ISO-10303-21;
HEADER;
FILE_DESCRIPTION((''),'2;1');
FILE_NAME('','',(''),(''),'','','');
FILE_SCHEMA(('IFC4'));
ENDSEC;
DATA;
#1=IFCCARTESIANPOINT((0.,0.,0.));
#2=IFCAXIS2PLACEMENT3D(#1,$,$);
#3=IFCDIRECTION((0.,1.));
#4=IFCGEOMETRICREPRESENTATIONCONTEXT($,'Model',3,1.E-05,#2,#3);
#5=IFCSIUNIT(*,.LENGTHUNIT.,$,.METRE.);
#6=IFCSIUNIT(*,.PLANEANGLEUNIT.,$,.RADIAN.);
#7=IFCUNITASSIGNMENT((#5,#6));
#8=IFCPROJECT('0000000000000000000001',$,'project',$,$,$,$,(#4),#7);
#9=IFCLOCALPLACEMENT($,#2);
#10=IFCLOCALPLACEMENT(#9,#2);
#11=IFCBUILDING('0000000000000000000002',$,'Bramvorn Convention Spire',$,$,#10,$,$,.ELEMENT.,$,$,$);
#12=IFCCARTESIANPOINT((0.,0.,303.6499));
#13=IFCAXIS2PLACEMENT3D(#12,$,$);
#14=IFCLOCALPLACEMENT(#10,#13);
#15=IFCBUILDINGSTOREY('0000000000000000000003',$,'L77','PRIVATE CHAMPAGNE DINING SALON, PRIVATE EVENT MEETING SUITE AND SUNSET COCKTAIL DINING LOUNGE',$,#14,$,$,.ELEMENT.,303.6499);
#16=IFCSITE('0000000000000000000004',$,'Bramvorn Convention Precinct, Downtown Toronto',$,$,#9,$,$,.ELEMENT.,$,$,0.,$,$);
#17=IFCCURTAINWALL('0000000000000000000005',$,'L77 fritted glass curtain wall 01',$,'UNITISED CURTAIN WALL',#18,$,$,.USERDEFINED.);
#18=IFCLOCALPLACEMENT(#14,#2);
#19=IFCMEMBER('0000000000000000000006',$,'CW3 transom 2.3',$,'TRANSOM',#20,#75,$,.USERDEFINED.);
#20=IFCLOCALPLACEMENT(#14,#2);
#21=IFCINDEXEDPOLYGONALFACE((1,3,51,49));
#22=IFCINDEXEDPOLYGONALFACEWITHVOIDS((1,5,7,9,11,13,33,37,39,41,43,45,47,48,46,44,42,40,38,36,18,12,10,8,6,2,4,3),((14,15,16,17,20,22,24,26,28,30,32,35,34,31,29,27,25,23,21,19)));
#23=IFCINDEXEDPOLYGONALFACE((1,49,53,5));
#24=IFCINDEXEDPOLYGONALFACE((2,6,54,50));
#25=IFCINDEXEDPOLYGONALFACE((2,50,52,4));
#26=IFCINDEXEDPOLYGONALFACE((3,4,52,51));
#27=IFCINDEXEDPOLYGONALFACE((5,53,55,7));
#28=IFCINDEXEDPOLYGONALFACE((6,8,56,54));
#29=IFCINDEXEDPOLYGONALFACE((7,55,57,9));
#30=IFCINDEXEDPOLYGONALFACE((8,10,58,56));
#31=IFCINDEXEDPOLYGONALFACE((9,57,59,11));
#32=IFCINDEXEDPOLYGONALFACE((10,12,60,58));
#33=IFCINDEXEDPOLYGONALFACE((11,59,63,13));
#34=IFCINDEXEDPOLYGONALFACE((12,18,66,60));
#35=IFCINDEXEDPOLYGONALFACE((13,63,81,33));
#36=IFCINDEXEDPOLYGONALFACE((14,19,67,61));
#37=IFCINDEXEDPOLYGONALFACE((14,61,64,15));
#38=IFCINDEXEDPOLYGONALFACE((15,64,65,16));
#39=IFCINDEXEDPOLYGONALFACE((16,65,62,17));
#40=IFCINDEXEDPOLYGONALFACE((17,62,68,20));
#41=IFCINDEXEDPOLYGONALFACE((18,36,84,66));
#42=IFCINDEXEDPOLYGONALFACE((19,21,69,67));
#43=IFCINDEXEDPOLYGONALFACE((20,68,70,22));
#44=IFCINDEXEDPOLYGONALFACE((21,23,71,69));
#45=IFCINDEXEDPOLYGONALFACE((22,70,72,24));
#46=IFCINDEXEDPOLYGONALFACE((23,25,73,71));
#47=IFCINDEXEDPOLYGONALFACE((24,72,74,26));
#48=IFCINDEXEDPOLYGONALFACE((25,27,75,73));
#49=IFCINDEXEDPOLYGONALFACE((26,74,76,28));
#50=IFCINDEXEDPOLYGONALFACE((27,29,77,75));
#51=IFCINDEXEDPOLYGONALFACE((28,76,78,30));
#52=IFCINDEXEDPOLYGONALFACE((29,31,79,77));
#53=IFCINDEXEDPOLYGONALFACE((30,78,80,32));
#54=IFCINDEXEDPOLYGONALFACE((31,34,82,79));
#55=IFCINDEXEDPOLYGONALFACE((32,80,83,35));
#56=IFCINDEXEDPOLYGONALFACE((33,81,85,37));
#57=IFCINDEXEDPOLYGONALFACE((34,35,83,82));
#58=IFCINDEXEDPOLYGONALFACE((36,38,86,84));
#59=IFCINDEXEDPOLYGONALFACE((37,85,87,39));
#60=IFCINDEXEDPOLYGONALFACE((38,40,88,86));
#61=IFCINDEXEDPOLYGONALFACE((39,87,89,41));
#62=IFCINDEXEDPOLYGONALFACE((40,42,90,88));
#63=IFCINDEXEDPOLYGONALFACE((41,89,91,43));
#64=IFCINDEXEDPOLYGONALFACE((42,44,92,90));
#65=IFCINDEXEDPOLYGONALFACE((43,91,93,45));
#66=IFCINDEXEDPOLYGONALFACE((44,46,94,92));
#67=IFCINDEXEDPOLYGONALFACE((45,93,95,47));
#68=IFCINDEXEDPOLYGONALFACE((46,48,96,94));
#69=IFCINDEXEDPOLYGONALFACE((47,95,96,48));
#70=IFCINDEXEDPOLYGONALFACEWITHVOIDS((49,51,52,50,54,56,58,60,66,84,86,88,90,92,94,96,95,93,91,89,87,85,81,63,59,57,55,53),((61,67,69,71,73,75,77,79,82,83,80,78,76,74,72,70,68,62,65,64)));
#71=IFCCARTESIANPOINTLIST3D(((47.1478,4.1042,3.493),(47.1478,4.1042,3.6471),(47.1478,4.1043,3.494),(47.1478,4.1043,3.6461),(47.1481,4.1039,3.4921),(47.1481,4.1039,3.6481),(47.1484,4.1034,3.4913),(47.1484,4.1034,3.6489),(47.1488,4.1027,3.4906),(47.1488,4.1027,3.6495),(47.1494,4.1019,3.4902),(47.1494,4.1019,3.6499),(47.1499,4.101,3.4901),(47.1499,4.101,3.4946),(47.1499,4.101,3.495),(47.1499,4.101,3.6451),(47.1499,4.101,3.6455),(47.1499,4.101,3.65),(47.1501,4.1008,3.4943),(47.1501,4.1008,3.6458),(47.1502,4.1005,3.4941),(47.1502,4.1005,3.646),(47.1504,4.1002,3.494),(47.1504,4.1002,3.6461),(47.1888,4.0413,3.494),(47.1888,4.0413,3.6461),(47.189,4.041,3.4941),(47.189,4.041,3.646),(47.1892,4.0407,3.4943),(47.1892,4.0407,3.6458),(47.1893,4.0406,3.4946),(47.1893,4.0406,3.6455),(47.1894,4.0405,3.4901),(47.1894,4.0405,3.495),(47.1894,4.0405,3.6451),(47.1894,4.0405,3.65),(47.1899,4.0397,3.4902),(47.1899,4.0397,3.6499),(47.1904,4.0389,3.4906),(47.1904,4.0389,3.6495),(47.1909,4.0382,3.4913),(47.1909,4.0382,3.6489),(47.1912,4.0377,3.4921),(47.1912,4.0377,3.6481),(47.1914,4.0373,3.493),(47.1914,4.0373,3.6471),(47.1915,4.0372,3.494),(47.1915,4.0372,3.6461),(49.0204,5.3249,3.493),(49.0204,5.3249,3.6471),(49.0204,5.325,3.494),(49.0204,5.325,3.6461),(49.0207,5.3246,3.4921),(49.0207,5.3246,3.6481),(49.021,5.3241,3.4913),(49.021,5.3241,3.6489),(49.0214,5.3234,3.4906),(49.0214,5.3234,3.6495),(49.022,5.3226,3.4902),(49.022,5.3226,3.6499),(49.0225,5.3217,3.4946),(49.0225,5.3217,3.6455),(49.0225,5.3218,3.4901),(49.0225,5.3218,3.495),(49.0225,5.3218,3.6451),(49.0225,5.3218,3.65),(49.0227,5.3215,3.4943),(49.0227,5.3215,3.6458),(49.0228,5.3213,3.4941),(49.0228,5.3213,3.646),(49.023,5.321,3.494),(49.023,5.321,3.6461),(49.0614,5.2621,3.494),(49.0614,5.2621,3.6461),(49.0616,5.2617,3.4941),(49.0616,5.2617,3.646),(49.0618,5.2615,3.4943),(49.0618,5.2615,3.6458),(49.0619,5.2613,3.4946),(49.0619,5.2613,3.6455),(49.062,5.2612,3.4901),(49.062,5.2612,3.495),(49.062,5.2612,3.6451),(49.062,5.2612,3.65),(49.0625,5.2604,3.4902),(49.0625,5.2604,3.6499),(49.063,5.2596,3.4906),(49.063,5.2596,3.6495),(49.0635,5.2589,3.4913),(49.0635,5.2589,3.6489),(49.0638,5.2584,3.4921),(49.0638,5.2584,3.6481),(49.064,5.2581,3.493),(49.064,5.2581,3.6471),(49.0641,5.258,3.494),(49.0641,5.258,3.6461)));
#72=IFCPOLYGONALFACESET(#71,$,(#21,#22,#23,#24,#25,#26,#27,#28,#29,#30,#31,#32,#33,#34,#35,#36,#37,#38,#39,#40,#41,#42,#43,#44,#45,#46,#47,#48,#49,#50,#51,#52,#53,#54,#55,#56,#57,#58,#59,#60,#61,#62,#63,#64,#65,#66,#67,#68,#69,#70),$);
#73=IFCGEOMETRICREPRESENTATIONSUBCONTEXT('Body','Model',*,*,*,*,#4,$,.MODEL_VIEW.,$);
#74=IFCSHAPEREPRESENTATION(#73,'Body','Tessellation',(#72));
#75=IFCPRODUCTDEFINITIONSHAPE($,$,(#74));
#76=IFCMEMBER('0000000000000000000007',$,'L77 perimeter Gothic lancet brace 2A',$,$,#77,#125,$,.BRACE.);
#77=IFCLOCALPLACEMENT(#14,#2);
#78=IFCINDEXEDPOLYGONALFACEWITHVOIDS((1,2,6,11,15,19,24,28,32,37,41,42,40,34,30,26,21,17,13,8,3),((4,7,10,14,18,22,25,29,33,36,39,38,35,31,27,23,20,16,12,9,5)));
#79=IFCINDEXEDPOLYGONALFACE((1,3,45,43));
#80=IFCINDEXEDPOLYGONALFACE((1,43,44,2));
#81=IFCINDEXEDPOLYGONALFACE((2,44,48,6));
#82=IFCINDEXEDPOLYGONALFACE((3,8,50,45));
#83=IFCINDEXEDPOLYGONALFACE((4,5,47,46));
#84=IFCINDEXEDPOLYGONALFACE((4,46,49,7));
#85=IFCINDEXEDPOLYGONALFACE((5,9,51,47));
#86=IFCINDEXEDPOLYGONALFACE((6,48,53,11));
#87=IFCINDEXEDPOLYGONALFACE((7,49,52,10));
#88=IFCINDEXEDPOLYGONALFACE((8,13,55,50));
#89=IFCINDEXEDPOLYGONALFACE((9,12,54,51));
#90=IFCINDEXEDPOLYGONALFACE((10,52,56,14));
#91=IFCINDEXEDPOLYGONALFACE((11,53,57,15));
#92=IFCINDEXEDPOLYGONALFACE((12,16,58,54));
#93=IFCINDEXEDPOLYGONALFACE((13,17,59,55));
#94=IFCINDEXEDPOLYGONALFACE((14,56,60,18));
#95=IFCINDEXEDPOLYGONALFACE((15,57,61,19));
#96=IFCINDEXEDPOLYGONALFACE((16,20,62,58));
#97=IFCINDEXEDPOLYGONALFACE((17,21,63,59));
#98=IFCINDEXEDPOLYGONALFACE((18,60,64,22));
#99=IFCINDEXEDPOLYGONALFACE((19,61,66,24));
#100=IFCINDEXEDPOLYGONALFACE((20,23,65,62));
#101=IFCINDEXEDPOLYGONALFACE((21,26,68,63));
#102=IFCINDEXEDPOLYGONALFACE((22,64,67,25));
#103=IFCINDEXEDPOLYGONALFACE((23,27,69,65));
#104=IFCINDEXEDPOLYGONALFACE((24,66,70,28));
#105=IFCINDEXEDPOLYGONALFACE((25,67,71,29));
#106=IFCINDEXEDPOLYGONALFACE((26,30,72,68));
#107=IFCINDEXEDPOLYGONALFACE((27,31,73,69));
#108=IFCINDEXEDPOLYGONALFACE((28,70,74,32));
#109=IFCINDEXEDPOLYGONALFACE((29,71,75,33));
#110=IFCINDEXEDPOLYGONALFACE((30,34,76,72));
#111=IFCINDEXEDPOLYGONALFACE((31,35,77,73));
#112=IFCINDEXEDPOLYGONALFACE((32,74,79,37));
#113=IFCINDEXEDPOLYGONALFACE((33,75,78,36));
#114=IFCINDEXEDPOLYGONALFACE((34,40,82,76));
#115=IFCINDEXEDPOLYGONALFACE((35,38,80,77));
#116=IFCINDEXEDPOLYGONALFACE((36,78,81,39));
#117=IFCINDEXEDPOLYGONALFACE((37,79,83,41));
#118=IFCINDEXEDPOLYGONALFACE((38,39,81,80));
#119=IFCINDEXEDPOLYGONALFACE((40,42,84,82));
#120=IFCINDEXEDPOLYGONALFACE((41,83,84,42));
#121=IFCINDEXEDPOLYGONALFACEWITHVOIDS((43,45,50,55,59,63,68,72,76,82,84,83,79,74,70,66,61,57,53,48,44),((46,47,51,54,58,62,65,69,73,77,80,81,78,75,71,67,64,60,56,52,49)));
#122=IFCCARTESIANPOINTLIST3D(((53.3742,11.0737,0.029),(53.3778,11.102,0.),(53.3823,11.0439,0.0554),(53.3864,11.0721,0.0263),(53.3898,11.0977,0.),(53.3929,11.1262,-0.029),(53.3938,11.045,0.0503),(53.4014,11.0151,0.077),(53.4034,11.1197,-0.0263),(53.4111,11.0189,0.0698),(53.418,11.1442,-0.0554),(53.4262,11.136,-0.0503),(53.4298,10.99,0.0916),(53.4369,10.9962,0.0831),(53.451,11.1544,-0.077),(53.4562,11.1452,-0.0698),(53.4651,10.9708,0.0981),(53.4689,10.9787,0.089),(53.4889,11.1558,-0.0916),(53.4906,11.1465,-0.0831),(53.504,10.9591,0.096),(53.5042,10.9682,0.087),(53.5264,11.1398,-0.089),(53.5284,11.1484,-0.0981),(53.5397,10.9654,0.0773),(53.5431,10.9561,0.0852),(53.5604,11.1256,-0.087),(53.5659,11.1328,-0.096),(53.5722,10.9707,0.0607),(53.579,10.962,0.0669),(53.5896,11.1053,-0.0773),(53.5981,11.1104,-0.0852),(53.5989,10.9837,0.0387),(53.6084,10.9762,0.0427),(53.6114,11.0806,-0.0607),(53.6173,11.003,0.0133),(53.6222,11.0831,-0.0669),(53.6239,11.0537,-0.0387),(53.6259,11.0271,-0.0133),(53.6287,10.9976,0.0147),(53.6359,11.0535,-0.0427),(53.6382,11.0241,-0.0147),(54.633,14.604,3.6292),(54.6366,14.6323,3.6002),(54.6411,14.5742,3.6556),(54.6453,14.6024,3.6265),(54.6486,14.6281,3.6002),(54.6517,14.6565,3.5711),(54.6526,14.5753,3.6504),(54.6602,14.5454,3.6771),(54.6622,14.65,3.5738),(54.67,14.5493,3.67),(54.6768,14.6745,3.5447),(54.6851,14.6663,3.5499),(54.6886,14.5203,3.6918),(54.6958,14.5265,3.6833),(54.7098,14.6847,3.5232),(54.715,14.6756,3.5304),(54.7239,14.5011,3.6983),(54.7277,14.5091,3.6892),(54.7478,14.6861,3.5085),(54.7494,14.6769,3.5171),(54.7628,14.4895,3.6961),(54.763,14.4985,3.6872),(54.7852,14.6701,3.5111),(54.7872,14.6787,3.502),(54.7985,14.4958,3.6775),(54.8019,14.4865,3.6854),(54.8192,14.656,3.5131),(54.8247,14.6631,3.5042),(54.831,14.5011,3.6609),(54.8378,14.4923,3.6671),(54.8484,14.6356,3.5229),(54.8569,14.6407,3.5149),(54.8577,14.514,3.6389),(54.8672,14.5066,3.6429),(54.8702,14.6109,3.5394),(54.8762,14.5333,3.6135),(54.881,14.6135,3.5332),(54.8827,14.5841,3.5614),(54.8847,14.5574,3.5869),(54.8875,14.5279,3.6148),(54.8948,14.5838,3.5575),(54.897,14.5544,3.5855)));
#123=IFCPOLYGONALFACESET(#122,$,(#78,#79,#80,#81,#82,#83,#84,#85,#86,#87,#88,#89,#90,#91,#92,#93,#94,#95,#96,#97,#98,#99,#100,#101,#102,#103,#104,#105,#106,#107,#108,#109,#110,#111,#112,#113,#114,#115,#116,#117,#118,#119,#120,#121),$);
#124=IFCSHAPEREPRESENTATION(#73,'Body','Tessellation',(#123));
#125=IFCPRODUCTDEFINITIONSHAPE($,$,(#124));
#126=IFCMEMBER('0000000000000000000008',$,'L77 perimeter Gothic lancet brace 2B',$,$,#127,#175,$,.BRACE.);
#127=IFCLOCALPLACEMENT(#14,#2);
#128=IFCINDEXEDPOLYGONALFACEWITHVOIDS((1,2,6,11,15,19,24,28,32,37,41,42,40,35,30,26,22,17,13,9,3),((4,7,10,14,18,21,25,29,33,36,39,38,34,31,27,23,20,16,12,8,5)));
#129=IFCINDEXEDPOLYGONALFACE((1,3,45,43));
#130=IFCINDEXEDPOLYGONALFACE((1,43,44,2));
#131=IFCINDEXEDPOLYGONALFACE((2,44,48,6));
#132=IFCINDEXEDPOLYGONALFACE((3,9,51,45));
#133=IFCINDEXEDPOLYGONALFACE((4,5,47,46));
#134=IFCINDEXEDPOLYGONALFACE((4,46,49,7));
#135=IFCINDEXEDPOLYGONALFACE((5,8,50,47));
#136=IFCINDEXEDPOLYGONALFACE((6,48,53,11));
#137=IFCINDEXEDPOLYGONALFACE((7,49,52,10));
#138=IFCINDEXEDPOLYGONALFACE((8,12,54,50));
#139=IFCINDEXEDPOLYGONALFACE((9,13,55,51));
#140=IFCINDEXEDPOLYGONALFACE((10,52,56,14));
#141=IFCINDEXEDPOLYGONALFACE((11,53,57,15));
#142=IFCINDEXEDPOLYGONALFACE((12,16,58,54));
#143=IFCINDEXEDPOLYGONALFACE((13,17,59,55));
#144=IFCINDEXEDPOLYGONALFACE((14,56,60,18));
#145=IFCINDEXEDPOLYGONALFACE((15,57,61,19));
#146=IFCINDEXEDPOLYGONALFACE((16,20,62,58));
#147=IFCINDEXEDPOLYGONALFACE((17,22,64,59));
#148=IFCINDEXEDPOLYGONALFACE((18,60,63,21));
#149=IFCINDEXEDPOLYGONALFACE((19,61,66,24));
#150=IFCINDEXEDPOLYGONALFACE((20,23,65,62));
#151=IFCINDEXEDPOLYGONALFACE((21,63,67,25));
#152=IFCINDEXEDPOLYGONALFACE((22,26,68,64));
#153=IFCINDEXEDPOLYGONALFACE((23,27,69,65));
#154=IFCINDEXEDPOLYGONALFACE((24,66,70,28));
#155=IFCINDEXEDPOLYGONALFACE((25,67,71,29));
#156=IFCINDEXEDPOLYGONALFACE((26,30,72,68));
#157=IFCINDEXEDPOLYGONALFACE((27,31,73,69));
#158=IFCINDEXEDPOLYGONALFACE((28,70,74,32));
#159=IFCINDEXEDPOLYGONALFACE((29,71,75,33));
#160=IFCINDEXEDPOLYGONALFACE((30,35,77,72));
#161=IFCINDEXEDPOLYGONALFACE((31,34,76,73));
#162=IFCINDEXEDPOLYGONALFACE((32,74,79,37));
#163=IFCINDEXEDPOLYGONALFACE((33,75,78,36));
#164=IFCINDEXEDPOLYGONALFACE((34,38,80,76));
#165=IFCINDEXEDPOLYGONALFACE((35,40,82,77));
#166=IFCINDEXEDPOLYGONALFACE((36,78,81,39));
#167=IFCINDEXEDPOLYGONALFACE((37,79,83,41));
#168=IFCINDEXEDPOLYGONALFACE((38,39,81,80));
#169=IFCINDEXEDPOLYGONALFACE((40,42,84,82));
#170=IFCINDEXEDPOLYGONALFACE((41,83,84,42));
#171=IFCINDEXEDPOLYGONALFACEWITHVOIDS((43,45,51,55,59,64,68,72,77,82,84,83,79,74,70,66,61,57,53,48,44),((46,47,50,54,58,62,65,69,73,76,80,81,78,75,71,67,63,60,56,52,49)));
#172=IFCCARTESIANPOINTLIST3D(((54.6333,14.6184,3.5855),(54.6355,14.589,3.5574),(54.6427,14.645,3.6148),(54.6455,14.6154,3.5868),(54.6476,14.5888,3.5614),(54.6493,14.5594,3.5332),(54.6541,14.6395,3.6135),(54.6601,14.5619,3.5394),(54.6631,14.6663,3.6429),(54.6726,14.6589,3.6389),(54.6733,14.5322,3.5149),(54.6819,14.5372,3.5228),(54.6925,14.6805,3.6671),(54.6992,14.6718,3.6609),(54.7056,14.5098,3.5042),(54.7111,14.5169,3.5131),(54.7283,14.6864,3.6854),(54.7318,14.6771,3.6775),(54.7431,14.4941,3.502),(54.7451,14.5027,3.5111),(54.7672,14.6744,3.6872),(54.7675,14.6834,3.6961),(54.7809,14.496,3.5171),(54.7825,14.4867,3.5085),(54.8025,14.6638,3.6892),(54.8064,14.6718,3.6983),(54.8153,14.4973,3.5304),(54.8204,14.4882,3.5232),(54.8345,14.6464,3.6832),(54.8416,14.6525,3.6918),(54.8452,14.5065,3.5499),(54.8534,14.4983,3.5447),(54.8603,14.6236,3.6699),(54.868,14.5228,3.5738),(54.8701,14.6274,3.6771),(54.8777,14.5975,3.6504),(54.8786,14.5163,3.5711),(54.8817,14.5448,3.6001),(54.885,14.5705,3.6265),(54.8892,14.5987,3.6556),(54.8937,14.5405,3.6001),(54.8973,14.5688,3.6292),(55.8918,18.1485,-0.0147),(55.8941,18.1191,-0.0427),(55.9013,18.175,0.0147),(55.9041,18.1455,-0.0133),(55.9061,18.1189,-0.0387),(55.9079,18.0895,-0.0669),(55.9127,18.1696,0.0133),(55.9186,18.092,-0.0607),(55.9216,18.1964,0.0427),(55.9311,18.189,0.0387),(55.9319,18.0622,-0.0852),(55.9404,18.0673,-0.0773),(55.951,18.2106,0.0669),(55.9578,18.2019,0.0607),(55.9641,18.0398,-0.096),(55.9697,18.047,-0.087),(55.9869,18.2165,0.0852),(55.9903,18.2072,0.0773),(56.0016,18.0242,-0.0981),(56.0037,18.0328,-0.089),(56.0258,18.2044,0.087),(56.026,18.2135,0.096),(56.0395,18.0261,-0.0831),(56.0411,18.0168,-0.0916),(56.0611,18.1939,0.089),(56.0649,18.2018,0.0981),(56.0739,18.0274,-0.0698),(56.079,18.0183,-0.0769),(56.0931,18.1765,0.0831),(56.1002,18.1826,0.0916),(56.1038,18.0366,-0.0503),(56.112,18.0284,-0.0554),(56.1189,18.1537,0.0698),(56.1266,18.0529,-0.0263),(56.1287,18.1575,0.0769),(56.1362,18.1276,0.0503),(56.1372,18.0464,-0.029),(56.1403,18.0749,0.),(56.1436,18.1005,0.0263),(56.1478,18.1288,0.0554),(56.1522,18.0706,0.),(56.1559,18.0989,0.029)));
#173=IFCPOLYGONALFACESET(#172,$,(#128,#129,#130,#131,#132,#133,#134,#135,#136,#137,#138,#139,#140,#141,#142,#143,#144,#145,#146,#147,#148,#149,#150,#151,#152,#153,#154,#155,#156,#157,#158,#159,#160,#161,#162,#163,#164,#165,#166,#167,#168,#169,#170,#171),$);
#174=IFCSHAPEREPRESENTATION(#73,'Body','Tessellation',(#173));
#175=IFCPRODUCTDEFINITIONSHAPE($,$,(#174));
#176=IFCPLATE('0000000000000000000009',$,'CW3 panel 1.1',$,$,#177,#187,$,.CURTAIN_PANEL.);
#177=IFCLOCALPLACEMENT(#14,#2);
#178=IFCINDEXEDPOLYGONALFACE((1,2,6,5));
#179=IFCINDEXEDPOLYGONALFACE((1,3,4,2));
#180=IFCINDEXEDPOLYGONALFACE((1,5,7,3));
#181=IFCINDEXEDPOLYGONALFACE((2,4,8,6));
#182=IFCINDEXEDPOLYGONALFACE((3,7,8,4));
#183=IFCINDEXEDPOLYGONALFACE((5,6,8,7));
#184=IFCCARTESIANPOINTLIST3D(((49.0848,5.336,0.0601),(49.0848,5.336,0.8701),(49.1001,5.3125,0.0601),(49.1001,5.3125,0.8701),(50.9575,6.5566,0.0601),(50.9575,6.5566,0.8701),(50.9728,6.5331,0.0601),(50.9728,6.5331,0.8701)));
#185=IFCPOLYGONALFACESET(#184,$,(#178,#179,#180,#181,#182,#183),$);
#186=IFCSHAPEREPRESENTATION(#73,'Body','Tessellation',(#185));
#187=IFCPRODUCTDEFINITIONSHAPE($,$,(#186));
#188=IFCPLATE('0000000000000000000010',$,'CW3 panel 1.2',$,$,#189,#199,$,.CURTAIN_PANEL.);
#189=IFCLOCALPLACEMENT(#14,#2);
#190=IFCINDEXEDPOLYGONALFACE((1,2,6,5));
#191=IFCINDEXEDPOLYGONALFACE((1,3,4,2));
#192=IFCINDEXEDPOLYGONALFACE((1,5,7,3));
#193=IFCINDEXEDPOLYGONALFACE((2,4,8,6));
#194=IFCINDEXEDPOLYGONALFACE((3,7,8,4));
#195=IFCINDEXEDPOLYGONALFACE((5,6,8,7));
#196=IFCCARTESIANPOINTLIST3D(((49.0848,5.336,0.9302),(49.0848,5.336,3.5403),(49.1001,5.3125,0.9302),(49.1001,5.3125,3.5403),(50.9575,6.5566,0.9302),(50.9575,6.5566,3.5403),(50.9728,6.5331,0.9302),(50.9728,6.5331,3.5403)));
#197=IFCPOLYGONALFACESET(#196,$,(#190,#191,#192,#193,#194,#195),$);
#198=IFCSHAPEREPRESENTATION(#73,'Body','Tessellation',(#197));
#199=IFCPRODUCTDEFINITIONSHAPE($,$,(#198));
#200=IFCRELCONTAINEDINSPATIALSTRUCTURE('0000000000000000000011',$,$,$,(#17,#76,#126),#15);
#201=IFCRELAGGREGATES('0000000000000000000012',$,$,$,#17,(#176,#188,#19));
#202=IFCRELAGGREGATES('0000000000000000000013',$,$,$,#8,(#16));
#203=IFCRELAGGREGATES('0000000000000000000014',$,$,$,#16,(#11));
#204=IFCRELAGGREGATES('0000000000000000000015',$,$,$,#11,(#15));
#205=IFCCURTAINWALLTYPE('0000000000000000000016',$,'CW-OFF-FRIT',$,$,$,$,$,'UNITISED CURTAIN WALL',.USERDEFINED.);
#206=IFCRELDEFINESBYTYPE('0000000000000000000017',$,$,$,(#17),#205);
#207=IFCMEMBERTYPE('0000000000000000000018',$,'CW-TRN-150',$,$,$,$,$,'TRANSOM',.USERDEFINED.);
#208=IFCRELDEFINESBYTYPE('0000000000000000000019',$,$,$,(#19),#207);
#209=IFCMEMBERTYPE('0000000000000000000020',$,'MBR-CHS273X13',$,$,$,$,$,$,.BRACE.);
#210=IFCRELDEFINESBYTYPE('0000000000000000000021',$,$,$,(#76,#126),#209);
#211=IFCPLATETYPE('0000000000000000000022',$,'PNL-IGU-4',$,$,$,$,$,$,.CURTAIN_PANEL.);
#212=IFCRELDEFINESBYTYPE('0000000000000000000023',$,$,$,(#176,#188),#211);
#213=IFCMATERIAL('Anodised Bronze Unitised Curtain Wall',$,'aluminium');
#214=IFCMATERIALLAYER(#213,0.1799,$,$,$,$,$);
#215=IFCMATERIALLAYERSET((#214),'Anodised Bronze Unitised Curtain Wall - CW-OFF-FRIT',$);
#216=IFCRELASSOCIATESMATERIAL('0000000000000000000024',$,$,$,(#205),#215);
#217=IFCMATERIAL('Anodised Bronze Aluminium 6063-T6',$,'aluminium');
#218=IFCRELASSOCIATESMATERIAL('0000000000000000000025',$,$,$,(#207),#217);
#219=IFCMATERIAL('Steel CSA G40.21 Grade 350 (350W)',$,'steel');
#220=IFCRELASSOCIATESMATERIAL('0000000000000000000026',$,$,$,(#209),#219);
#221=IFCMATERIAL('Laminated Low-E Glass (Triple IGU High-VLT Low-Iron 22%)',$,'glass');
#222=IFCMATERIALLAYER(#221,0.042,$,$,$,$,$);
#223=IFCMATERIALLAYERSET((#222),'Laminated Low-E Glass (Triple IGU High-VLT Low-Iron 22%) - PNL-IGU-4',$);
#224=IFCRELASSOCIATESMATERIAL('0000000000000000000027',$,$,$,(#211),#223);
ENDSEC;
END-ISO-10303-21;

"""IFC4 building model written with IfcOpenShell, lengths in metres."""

from ifc_helpers import new_model, si_unit, direction, frame, origin, origin_2d, place, context, subcontext, project, spatial, rectangle, hollow_rectangle, hollow_circle, extrude, material, layer, layer_set, material_profile, profile_set, type_object, element, aggregate, save


model = new_model("IFC4")

# Units and contexts
model_context = context("Model", 3, precision=1e-05, world=origin(), true_north=direction((0.0, 1.0)))
body_context = subcontext(model_context, "Body", "Model", "MODEL_VIEW")
ifc_project = project(units=[si_unit("LENGTHUNIT", "METRE"), si_unit("PLANEANGLEUNIT", "RADIAN")], contexts=[model_context])

# Site, building, storey
site_placement = place(None, origin())
site = spatial("IfcSite", under=ifc_project, at=site_placement, Name="Bramvorn Convention Precinct, Downtown Toronto", CompositionType="ELEMENT", RefElevation=0.0)
building_placement = place(site_placement, origin())
building = spatial("IfcBuilding", under=site, at=building_placement, Name="Bramvorn Convention Spire", CompositionType="ELEMENT")
storey_placement = place(building_placement, frame((0.0, 0.0, 303.6499)))
storey = spatial("IfcBuildingStorey", under=building, at=storey_placement, Name="L77", Description="PRIVATE CHAMPAGNE DINING SALON, PRIVATE EVENT MEETING SUITE AND SUNSET COCKTAIL DINING LOUNGE", CompositionType="ELEMENT", Elevation=303.6499)

# Shared definitions
ifc_material_1 = material(Name="Steel CSA G40.21 Grade 350 (350W)", Category="steel")

# Curtain wall, member
ifc_material_2 = material(Name="Anodised Bronze Unitised Curtain Wall", Category="aluminium")
ifc_layer_1 = layer(ifc_material_2, 0.1799)
ifc_layer_set_1 = layer_set([ifc_layer_1], Name="Anodised Bronze Unitised Curtain Wall - CW-OFF-FRIT")
curtain_wall_type = type_object("IfcCurtainWallType", Name="CW-OFF-FRIT", ElementType="UNITISED CURTAIN WALL", PredefinedType="USERDEFINED", material=ifc_layer_set_1)
curtain_wall_placement = place(storey_placement, origin())
curtain_wall = element("IfcCurtainWall", 1, at=curtain_wall_placement, inside=storey, type_object=curtain_wall_type, Name="L77 fritted glass curtain wall 01", ObjectType="UNITISED CURTAIN WALL", PredefinedType="USERDEFINED")
ifc_material_3 = material(Name="Anodised Bronze Aluminium 6063-T6", Category="aluminium")
ifc_material_profile_1 = material_profile(ifc_material_3, hollow_rectangle(XDim=0.0801, YDim=0.1599, WallThickness=0.0039, InnerFilletRadius=0.001, OuterFilletRadius=0.0039, at=origin_2d()))
ifc_profile_set_1 = profile_set([ifc_material_profile_1], Name="Anodised Bronze Aluminium 6063-T6 - CWT80X160")
member_type_1 = type_object("IfcMemberType", Name="CW-TRN-150", ElementType="TRANSOM", PredefinedType="USERDEFINED", material=ifc_profile_set_1)
member_1_placement = place(storey_placement, frame((49.0422, 5.2915, 3.5701), z_axis=(-0.837719, -0.546101, 0.0), x_axis=(0.546101, -0.837719, 0.0)))
member_1 = element("IfcMember", 2, at=member_1_placement, type_object=member_type_1, Name="CW3 transom 2.3", ObjectType="TRANSOM", PredefinedType="USERDEFINED", context=body_context, shape_type="SweptSolid", body=[
    extrude(hollow_rectangle(XDim=0.0801, YDim=0.1599, WallThickness=0.0039, InnerFilletRadius=0.001, OuterFilletRadius=0.0039, at=origin_2d()), origin(), (0.0, 0.0, 1.0), 2.2354),
])

# Members
ifc_material_profile_2 = material_profile(ifc_material_1, hollow_circle(Radius=0.1365, WallThickness=0.0127, at=origin_2d()))
ifc_profile_set_2 = profile_set([ifc_material_profile_2], Name="Steel CSA G40.21 Grade 350 (350W) - CHS273X13")
member_type_2 = type_object("IfcMemberType", Name="MBR-CHS273X13", PredefinedType="BRACE", material=ifc_profile_set_2)
member_2_placement = place(storey_placement, frame((53.5063, 11.0562, 0.0), z_axis=(0.242218, 0.6793, 0.692735), x_axis=(-0.941913, 0.335858, 0.0)))
element("IfcMember", 3, at=member_2_placement, inside=storey, type_object=member_type_2, Name="L77 perimeter Gothic lancet brace 2A", PredefinedType="BRACE", context=body_context, shape_type="SweptSolid", body=[
    extrude(hollow_circle(Radius=0.1365, WallThickness=0.0127, at=origin_2d()), origin(), (0.0, 0.0, 1.0), 5.197),
])
member_3_placement = place(storey_placement, frame((56.0237, 18.1165, 0.0), z_axis=(-0.242181, -0.679282, 0.692765), x_axis=(0.941926, -0.33582, 0.0)))
element("IfcMember", 4, at=member_3_placement, inside=storey, type_object=member_type_2, Name="L77 perimeter Gothic lancet brace 2B", PredefinedType="BRACE", context=body_context, shape_type="SweptSolid", body=[
    extrude(hollow_circle(Radius=0.1365, WallThickness=0.0127, at=origin_2d()), origin(), (0.0, 0.0, 1.0), 5.1968),
])

# Plates
ifc_material_4 = material(Name="Laminated Low-E Glass (Triple IGU High-VLT Low-Iron 22%)", Category="glass")
ifc_layer_2 = layer(ifc_material_4, 0.042)
ifc_layer_set_2 = layer_set([ifc_layer_2], Name="Laminated Low-E Glass (Triple IGU High-VLT Low-Iron 22%) - PNL-IGU-4")
plate_type = type_object("IfcPlateType", Name="PNL-IGU-4", PredefinedType="CURTAIN_PANEL", material=ifc_layer_set_2)
plate_1_placement = place(storey_placement, frame((50.0288, 5.9346, 0.0601), z_axis=(0.0, 0.0, 1.0), x_axis=(-0.837762, -0.546036, 0.0)))
plate_1 = element("IfcPlate", 5, at=plate_1_placement, type_object=plate_type, Name="CW3 panel 1.1", PredefinedType="CURTAIN_PANEL", context=body_context, shape_type="SweptSolid", body=[
    extrude(rectangle(XDim=2.2354, YDim=0.0281, at=origin_2d()), origin(), (0.0, 0.0, 1.0), 0.8101),
])
plate_2_placement = place(storey_placement, frame((50.0288, 5.9346, 0.9302), z_axis=(0.0, 0.0, 1.0), x_axis=(-0.837762, -0.546036, 0.0)))
plate_2 = element("IfcPlate", 6, at=plate_2_placement, type_object=plate_type, Name="CW3 panel 1.2", PredefinedType="CURTAIN_PANEL", context=body_context, shape_type="SweptSolid", body=[
    extrude(rectangle(XDim=2.2354, YDim=0.0281, at=origin_2d()), origin(), (0.0, 0.0, 1.0), 2.6101),
])
aggregate(curtain_wall, [plate_1, plate_2, member_1])

save(model, "model.ifc")
